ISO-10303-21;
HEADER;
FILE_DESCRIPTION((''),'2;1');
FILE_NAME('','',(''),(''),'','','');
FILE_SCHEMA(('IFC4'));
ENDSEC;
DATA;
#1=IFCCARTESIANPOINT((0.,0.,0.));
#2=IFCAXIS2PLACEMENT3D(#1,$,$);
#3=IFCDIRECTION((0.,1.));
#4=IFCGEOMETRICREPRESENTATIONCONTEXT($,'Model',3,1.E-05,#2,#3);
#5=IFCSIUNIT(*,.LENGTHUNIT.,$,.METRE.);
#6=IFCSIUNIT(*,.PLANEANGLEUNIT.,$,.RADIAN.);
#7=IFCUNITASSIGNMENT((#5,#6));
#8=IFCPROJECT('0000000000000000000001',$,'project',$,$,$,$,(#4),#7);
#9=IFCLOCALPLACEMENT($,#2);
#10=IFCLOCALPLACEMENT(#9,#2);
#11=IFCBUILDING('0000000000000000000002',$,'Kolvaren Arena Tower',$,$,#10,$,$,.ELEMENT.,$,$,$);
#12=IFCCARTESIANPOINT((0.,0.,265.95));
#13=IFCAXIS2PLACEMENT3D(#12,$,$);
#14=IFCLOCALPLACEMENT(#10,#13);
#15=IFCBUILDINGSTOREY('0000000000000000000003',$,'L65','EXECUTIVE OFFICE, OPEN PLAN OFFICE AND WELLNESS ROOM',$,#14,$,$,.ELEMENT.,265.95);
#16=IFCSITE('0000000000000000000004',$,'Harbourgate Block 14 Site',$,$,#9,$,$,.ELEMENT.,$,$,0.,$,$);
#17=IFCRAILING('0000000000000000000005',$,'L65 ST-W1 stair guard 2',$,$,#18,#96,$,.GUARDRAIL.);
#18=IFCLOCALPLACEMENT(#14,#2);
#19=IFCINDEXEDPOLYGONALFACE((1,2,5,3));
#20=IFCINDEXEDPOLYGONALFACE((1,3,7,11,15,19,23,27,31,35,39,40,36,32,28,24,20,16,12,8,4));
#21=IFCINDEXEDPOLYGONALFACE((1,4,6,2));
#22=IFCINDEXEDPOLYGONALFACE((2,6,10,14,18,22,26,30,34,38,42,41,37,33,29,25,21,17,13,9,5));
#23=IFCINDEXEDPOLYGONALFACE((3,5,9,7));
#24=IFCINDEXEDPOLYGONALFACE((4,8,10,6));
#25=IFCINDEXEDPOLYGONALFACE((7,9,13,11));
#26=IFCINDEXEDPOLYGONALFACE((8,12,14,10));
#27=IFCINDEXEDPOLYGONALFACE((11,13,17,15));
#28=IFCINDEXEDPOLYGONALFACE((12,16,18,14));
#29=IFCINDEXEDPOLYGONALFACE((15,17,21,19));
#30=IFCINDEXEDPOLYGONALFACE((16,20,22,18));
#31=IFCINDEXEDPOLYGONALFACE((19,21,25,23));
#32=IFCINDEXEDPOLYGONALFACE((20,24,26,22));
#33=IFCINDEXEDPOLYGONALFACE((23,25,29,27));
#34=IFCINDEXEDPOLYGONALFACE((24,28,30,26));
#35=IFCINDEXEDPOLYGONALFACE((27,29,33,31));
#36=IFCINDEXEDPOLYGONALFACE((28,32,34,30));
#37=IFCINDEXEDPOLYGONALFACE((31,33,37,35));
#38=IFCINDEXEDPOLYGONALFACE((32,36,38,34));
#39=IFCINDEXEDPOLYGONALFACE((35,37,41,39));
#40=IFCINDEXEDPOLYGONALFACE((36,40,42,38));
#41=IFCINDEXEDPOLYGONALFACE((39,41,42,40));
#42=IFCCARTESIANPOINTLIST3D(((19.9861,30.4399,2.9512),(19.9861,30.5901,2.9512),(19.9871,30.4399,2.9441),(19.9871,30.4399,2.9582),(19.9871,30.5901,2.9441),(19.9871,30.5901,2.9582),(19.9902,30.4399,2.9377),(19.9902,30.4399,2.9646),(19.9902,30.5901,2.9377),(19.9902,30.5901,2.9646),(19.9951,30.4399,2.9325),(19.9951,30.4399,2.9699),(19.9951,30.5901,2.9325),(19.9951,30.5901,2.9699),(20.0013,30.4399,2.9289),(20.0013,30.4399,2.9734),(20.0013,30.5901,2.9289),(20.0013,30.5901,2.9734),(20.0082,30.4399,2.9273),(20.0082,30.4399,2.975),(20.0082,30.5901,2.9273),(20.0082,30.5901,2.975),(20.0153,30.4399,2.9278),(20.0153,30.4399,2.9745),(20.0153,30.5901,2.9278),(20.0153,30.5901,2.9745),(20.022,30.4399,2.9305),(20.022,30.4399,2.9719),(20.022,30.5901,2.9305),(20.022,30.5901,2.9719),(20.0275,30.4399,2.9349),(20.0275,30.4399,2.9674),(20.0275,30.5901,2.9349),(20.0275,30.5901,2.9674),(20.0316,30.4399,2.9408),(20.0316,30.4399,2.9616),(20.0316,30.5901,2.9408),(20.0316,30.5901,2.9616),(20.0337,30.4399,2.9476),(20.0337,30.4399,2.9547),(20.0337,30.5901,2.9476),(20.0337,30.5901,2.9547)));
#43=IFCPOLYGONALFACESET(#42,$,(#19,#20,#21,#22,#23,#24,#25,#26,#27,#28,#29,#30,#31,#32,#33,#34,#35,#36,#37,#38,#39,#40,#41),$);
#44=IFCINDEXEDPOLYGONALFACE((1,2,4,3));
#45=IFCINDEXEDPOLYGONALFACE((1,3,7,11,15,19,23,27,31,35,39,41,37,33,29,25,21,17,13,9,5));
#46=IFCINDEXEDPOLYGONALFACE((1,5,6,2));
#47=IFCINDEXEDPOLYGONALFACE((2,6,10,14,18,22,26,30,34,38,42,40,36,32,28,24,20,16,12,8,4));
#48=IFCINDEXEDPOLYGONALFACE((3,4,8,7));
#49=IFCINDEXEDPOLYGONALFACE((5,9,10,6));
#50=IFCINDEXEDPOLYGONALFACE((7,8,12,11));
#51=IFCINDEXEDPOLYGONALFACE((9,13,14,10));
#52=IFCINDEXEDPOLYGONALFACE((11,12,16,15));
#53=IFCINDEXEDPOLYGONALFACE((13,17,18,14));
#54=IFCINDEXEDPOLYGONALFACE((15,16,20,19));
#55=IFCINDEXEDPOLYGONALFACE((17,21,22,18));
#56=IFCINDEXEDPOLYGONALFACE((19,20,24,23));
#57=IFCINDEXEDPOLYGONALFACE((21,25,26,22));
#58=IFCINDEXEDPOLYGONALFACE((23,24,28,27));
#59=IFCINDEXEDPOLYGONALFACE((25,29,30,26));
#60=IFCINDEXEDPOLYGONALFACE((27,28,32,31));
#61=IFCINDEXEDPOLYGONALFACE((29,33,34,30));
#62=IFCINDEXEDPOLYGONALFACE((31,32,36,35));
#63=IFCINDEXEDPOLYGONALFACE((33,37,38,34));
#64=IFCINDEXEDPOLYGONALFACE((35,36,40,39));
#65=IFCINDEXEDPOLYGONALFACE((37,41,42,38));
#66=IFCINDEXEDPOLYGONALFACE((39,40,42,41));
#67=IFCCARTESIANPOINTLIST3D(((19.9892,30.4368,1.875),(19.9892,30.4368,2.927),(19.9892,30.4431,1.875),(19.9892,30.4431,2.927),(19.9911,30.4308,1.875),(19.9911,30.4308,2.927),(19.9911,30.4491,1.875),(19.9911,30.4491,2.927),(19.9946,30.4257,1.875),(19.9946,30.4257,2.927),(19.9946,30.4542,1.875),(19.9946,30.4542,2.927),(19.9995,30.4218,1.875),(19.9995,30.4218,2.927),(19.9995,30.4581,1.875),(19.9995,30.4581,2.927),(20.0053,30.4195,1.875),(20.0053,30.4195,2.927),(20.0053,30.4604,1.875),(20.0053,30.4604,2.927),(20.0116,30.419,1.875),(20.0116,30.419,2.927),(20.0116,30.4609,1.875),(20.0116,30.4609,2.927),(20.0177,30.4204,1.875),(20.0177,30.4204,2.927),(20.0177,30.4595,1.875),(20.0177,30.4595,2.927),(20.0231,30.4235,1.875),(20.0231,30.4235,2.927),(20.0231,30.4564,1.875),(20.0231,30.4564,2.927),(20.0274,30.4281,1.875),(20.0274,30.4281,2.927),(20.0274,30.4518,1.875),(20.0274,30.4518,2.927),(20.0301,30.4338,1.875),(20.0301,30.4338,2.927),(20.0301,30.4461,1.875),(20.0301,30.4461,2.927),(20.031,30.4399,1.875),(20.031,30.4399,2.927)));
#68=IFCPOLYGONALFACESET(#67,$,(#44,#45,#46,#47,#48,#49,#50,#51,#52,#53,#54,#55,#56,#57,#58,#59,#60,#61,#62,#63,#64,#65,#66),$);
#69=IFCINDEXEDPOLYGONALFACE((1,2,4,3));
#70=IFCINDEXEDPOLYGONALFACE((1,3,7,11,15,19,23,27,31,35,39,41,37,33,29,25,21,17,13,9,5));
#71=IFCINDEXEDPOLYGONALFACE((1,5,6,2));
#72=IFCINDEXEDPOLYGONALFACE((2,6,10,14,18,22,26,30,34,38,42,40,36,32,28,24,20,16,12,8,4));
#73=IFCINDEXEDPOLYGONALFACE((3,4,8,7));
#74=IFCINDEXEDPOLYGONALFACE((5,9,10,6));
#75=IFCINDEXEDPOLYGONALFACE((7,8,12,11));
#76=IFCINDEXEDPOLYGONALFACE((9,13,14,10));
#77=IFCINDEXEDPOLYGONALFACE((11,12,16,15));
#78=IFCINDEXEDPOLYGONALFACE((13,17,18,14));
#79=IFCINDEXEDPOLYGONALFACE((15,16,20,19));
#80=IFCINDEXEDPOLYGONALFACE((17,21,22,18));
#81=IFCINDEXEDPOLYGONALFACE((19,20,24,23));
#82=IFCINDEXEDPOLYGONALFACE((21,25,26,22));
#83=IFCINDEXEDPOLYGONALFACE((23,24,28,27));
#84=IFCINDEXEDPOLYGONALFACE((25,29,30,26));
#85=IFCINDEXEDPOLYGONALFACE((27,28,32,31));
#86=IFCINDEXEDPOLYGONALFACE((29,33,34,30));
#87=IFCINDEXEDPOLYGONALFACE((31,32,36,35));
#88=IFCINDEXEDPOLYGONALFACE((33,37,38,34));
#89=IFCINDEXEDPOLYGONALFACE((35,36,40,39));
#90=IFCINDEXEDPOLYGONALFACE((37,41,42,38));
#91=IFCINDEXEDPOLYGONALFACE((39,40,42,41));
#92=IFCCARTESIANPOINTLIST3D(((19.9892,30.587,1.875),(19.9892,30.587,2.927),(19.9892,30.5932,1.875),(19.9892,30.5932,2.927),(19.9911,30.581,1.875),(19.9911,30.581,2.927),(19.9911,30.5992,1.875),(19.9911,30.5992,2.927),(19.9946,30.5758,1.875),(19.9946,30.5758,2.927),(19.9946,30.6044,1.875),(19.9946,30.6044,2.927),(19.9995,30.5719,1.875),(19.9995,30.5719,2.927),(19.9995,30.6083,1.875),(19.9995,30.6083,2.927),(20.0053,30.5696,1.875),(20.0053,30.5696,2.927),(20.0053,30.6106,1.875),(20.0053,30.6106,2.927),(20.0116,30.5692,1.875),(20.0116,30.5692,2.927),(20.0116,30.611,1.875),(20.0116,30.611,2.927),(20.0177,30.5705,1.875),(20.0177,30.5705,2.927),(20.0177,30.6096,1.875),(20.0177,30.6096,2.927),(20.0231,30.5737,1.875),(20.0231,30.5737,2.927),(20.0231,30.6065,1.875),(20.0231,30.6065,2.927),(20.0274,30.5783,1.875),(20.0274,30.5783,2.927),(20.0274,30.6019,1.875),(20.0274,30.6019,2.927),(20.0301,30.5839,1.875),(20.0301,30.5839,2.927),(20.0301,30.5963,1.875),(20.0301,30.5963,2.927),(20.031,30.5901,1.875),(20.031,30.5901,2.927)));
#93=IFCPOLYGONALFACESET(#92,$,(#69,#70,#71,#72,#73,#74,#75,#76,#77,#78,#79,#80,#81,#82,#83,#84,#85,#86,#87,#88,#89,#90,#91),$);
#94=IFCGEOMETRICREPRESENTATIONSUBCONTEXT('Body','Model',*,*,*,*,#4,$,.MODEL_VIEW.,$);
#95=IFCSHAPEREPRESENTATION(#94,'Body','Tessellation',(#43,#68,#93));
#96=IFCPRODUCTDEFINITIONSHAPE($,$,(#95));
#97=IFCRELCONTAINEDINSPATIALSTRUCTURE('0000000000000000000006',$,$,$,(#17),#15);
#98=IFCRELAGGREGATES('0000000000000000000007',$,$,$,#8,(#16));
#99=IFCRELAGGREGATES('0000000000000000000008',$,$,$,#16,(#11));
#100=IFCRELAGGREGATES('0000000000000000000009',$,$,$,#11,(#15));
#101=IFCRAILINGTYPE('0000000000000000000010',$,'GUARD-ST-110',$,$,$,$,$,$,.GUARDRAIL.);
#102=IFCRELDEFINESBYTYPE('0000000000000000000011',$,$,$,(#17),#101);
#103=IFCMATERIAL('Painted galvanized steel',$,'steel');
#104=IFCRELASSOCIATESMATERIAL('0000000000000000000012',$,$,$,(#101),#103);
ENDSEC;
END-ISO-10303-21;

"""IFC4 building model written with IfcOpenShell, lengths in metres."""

from ifc_helpers import new_model, si_unit, direction, frame, origin, origin_2d, place, context, subcontext, project, spatial, circle, extrude, material, type_object, element, save


model = new_model("IFC4")

# Units and contexts
model_context = context("Model", 3, precision=1e-05, world=origin(), true_north=direction((0.0, 1.0)))
body_context = subcontext(model_context, "Body", "Model", "MODEL_VIEW")
ifc_project = project(units=[si_unit("LENGTHUNIT", "METRE"), si_unit("PLANEANGLEUNIT", "RADIAN")], contexts=[model_context])

# Site, building, storey
site_placement = place(None, origin())
site = spatial("IfcSite", under=ifc_project, at=site_placement, Name="Harbourgate Block 14 Site", CompositionType="ELEMENT", RefElevation=0.0)
building_placement = place(site_placement, origin())
building = spatial("IfcBuilding", under=site, at=building_placement, Name="Kolvaren Arena Tower", CompositionType="ELEMENT")
storey_placement = place(building_placement, frame((0.0, 0.0, 265.95)))
storey = spatial("IfcBuildingStorey", under=building, at=storey_placement, Name="L65", Description="EXECUTIVE OFFICE, OPEN PLAN OFFICE AND WELLNESS ROOM", CompositionType="ELEMENT", Elevation=265.95)

# Railing
ifc_material_1 = material(Name="Painted galvanized steel", Category="steel")
railing_type_1 = type_object("IfcRailingType", Name="GUARD-ST-110", PredefinedType="GUARDRAIL", material=ifc_material_1)
railing_1_placement = place(storey_placement, frame((20.01, 30.4399, 1.875)))
element("IfcRailing", 1, at=railing_1_placement, inside=storey, type_object=railing_type_1, Name="L65 ST-W1 stair guard 2", PredefinedType="GUARDRAIL", context=body_context, shape_type="SweptSolid", body=[
    extrude(circle(Radius=0.0239, at=origin_2d()), frame((0.0, 0.0, 1.0762), z_axis=(0.0, 1.0, 0.0), x_axis=(-1.0, 0.0, 0.0)), (0.0, 0.0, 1.0), 0.1501),
    extrude(circle(Radius=0.021, at=origin_2d()), origin(), (0.0, 0.0, 1.0), 1.052),
    extrude(circle(Radius=0.021, at=origin_2d()), frame((0.0, 0.1501, 0.0)), (0.0, 0.0, 1.0), 1.052),
])

save(model, "model.ifc")
